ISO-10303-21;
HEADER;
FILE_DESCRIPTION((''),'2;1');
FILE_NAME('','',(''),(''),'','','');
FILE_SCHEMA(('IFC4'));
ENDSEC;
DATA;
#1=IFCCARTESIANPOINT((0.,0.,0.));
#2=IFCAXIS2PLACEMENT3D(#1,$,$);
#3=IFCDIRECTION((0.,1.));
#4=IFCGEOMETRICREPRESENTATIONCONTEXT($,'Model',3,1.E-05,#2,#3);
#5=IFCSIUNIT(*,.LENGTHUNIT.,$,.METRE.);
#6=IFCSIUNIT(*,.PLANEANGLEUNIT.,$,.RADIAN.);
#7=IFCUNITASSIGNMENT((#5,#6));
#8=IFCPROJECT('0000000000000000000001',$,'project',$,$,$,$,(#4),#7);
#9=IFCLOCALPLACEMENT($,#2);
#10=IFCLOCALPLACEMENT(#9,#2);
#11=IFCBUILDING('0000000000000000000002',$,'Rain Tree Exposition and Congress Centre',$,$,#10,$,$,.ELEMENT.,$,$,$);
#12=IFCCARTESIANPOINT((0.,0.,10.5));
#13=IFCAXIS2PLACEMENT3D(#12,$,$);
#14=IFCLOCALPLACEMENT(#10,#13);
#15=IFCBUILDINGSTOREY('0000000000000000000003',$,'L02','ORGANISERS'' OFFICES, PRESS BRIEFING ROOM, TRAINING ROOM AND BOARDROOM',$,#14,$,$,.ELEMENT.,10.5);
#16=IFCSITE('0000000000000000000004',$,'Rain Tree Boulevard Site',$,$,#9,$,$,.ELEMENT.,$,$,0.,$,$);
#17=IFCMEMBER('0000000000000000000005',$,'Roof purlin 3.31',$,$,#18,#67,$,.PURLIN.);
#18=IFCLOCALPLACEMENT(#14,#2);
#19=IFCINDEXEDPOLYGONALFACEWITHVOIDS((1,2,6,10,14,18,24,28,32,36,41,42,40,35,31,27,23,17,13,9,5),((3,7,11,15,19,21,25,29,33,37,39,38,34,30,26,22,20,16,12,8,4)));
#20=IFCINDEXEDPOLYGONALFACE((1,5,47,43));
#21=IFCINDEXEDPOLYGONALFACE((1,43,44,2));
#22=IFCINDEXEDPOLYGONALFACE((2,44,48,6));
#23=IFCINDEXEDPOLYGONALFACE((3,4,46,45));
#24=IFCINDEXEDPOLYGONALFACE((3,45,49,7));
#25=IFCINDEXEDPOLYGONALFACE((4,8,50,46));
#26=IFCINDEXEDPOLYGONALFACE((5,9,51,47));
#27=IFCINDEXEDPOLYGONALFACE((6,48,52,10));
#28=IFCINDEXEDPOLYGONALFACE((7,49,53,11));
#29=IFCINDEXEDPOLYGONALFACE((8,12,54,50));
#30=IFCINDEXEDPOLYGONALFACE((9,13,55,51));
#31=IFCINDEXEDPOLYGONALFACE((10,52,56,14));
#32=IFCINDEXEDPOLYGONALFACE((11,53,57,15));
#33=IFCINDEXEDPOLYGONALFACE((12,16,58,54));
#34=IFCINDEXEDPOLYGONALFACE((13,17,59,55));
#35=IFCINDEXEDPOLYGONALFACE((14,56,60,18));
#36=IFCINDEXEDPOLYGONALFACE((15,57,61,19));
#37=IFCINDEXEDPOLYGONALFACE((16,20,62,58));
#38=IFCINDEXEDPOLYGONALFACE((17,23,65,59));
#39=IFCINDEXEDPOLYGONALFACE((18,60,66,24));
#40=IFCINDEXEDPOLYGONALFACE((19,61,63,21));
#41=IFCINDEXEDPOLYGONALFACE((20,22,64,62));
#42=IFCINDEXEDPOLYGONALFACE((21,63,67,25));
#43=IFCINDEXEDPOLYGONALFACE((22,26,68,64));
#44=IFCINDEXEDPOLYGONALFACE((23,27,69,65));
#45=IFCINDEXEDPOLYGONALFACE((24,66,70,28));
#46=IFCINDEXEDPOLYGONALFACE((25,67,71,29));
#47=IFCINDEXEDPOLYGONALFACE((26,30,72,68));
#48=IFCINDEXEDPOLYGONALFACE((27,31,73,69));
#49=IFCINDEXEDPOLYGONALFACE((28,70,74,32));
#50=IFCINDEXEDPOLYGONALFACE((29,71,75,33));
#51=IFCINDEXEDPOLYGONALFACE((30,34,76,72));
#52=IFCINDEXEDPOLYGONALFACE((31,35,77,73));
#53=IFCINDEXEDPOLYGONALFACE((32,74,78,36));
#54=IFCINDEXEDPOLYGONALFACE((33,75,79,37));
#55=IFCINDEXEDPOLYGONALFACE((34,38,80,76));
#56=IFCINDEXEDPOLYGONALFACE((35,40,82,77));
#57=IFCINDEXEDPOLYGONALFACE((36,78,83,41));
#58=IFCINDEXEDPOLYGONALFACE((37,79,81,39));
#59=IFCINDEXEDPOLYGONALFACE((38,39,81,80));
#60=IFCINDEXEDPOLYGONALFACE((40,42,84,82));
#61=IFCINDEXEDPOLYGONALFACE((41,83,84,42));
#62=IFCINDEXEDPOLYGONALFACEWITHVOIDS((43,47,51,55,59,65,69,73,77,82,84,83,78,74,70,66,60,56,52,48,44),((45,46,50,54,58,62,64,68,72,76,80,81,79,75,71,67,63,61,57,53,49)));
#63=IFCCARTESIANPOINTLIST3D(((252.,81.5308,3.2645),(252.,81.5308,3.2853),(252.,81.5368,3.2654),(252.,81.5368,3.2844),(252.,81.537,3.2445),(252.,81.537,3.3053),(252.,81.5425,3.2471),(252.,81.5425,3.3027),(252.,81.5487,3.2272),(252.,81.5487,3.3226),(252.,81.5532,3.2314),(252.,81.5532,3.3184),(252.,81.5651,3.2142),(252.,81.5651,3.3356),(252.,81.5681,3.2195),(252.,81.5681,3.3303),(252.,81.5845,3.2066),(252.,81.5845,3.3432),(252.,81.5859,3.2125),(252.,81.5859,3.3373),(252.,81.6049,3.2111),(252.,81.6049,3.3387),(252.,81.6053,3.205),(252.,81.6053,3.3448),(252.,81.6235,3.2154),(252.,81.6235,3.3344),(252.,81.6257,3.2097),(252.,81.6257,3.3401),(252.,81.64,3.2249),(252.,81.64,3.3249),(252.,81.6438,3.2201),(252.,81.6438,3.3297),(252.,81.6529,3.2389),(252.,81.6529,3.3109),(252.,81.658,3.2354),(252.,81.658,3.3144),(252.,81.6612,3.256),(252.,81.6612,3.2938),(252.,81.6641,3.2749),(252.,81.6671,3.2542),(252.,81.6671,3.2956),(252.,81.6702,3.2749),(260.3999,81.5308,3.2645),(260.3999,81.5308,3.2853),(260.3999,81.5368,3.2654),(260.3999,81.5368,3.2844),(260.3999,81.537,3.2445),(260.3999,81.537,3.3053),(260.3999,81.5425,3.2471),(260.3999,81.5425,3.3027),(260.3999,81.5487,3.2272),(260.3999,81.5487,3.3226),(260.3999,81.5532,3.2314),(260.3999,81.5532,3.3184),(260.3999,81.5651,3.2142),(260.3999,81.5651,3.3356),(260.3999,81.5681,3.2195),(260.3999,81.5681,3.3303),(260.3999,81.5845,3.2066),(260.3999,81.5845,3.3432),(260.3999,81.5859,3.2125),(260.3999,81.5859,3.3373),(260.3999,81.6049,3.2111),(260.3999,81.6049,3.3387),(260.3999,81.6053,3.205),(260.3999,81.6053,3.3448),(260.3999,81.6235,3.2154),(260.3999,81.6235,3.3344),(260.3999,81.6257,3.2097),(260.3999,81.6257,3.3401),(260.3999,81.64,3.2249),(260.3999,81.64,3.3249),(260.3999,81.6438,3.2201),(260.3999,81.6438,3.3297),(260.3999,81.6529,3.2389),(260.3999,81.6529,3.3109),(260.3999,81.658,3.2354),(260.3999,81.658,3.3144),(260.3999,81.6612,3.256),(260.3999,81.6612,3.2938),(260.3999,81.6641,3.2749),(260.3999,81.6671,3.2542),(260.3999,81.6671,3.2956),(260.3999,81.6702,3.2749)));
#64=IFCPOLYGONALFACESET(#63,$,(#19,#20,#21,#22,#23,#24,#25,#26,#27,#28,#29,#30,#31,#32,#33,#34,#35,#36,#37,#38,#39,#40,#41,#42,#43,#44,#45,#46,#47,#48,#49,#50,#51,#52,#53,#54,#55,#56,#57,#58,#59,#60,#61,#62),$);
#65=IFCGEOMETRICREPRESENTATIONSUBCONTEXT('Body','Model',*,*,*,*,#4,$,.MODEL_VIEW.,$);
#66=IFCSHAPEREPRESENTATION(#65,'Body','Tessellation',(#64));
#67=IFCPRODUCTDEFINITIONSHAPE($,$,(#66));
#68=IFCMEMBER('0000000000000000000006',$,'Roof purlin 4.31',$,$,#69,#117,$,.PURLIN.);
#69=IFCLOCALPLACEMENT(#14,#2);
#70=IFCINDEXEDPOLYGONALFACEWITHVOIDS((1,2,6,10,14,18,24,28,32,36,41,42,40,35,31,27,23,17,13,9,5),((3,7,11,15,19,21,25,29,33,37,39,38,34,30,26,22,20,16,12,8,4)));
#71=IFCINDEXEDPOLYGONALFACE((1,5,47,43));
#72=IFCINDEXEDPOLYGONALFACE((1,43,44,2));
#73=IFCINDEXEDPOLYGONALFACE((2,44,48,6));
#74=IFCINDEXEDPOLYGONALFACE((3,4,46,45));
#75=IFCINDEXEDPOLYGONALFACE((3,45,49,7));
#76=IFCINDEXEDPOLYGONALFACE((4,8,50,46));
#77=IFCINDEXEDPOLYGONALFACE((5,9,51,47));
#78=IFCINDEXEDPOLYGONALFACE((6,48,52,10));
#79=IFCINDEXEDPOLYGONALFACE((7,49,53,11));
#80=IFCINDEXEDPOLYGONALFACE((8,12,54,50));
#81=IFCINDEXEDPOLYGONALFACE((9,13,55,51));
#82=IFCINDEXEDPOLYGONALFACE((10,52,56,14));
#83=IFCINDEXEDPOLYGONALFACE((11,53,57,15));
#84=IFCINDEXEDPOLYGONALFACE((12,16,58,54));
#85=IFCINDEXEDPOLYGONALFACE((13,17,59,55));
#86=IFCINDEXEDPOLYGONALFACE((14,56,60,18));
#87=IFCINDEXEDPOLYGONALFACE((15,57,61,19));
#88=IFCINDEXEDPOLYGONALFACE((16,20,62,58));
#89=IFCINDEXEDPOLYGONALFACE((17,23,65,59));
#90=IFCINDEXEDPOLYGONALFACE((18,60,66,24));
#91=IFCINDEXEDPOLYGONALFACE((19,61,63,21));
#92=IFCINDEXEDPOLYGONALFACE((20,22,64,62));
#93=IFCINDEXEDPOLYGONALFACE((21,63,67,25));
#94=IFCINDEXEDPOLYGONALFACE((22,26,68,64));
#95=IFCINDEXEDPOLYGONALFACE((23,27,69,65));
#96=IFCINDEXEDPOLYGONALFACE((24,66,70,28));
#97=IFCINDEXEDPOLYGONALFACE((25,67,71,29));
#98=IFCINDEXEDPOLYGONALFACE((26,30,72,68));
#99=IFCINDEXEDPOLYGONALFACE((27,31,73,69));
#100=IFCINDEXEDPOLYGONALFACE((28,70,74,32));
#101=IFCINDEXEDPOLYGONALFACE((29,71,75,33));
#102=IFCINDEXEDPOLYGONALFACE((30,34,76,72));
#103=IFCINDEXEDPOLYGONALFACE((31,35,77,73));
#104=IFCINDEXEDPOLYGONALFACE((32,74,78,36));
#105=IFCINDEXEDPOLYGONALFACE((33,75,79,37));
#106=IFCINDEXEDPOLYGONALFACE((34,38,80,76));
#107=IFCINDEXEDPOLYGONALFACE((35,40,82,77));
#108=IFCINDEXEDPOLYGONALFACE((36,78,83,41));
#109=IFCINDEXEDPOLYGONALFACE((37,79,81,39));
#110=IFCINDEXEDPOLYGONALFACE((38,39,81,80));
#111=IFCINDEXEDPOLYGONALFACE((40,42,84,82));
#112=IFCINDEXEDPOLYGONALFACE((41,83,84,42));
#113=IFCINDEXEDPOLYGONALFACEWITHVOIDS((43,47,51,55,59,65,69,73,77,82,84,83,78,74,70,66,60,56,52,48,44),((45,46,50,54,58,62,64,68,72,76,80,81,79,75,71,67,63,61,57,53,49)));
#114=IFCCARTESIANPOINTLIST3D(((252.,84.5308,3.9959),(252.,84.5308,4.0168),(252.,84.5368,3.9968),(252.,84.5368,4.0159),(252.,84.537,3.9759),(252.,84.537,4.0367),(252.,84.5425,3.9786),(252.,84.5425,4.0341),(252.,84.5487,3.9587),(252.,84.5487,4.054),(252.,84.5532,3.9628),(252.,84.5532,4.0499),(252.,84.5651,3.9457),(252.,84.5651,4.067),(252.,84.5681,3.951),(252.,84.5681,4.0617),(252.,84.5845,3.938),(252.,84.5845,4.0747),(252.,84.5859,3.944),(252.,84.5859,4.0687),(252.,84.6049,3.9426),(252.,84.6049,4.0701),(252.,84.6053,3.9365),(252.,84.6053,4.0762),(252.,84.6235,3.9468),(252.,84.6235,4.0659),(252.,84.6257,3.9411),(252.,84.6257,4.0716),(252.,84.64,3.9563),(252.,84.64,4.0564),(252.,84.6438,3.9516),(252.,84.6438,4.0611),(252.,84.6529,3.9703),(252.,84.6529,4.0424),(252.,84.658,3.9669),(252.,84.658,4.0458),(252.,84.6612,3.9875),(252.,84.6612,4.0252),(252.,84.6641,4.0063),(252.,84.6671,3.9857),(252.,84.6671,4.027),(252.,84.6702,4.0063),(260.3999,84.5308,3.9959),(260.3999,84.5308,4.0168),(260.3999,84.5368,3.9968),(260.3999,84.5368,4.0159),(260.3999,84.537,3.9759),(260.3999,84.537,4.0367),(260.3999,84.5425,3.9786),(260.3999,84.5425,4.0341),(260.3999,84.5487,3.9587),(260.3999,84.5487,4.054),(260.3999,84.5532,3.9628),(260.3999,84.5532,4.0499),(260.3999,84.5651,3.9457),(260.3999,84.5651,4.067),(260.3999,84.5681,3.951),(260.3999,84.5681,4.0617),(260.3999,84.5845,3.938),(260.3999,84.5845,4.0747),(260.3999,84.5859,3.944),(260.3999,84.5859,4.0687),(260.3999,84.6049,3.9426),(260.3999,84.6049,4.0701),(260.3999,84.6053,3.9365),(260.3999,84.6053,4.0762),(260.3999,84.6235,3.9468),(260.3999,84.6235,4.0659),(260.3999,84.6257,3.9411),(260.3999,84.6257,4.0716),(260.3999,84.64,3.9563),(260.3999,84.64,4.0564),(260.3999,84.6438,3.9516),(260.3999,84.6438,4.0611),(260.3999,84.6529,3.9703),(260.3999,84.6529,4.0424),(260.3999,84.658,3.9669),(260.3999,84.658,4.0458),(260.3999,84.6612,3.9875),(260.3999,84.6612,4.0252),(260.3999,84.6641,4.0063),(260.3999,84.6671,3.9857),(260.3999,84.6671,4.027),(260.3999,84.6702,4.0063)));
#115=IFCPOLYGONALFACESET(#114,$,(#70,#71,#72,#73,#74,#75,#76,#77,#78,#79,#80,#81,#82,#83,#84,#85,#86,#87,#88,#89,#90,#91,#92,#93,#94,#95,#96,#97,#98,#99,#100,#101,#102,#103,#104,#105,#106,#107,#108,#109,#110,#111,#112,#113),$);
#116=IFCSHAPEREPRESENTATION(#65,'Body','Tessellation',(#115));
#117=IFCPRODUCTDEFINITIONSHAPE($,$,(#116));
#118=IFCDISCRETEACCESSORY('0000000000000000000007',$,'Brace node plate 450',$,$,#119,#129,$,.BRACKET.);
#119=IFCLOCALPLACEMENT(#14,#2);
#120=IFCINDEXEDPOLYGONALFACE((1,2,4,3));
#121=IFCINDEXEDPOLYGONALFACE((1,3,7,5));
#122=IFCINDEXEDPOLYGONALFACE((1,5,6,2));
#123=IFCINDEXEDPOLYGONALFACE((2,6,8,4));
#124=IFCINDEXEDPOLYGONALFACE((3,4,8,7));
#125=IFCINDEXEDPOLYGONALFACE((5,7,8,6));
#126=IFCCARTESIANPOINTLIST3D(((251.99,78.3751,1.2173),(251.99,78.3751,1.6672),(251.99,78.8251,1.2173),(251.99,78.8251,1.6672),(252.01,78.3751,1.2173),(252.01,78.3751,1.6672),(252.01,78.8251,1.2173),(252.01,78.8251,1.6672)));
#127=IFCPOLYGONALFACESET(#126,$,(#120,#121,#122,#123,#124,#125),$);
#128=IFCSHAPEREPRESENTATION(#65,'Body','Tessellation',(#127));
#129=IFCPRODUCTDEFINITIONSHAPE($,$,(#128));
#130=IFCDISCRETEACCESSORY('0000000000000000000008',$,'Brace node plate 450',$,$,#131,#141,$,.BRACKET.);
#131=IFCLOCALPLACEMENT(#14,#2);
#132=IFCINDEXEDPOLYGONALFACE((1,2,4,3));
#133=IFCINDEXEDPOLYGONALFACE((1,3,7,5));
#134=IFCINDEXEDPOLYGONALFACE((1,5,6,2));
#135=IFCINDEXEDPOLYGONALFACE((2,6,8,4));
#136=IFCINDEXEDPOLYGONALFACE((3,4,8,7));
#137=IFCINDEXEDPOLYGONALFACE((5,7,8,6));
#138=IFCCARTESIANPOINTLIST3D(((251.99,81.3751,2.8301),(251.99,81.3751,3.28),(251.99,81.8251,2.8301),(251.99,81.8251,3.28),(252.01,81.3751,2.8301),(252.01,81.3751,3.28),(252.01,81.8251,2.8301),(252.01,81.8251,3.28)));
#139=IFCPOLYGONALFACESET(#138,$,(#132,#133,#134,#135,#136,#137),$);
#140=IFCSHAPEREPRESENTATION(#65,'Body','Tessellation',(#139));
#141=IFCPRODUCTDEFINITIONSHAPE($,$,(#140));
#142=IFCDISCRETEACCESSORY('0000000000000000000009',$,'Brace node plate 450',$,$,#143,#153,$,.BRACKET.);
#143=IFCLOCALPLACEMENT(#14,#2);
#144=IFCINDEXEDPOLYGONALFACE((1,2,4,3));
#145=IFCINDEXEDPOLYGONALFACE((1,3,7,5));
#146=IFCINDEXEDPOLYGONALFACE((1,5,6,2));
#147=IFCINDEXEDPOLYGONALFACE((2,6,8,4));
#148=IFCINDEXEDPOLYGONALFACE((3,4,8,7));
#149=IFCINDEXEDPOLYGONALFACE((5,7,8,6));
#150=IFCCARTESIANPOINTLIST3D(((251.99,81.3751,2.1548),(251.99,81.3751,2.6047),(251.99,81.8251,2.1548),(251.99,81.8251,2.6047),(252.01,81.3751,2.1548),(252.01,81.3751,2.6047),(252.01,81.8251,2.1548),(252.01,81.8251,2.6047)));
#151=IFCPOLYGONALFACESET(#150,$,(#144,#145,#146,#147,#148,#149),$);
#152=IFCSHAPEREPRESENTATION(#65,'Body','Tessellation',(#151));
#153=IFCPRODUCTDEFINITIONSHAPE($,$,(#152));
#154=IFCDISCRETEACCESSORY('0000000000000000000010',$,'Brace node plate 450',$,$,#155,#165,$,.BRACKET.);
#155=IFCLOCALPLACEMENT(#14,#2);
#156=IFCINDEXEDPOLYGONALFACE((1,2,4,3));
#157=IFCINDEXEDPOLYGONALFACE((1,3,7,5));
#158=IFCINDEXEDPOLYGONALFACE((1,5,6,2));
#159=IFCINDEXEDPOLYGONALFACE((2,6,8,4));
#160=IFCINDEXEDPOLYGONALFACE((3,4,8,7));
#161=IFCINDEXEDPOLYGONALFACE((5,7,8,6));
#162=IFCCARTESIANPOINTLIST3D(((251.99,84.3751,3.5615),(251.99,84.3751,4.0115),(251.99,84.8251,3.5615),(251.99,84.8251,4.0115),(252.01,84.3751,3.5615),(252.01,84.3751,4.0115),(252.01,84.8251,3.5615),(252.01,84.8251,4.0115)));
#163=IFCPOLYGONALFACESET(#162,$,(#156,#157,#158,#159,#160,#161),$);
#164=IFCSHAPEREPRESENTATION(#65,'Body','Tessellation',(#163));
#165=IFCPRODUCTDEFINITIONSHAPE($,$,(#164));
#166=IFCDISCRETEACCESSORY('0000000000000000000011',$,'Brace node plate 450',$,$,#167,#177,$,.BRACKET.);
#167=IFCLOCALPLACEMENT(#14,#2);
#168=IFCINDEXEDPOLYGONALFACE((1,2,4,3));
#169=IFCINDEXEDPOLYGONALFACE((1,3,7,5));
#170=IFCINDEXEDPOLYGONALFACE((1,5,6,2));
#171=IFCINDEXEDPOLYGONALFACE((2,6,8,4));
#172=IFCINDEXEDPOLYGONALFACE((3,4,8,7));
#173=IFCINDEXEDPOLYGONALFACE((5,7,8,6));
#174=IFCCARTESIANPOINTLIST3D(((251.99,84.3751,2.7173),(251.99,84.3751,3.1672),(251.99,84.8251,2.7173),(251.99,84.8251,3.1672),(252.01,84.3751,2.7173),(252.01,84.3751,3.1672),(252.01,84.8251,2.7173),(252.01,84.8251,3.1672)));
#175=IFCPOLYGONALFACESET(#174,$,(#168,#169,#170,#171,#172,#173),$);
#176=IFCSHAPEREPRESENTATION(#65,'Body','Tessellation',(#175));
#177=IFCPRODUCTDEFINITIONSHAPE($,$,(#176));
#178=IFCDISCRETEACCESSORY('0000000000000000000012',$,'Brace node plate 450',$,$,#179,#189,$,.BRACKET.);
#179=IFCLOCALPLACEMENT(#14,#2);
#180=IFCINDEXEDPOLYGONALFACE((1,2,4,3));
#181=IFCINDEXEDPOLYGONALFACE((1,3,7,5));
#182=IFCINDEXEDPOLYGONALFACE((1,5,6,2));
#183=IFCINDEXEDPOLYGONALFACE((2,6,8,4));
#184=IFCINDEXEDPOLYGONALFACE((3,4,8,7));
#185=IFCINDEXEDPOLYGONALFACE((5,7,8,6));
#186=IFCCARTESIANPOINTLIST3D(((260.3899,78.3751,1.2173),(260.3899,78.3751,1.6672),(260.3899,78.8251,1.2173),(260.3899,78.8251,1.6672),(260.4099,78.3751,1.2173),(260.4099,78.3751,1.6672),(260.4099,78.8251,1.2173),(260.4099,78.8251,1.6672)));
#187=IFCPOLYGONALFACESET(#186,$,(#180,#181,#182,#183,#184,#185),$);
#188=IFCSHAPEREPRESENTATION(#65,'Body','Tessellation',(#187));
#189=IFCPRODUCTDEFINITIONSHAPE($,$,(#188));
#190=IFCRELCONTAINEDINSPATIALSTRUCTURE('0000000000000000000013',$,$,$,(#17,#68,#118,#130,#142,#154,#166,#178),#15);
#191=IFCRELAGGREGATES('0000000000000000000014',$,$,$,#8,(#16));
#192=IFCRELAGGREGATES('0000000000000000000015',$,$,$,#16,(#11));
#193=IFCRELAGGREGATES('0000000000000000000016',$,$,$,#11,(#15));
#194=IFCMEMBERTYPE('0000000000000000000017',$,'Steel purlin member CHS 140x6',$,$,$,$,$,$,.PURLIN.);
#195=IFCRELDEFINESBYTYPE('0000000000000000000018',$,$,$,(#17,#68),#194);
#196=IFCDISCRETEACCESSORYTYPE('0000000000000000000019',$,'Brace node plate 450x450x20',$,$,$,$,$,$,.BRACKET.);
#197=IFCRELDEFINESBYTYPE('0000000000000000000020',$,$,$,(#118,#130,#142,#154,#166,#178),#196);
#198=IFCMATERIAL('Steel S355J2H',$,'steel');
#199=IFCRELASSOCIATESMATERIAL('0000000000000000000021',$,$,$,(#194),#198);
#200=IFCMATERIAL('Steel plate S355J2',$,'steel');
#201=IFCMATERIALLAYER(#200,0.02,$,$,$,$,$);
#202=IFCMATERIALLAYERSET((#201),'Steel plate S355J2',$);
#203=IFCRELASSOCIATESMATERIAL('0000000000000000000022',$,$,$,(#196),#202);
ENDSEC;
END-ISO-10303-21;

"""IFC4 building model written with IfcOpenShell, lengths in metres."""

from ifc_helpers import new_model, si_unit, direction, frame, origin, origin_2d, place, context, subcontext, project, spatial, rectangle, hollow_circle, extrude, material, layer, layer_set, material_profile, profile_set, type_object, element, save


model = new_model("IFC4")

# Units and contexts
model_context = context("Model", 3, precision=1e-05, world=origin(), true_north=direction((0.0, 1.0)))
body_context = subcontext(model_context, "Body", "Model", "MODEL_VIEW")
ifc_project = project(units=[si_unit("LENGTHUNIT", "METRE"), si_unit("PLANEANGLEUNIT", "RADIAN")], contexts=[model_context])

# Site, building, storey
site_placement = place(None, origin())
site = spatial("IfcSite", under=ifc_project, at=site_placement, Name="Rain Tree Boulevard Site", CompositionType="ELEMENT", RefElevation=0.0)
building_placement = place(site_placement, origin())
building = spatial("IfcBuilding", under=site, at=building_placement, Name="Rain Tree Exposition and Congress Centre", CompositionType="ELEMENT")
storey_placement = place(building_placement, frame((0.0, 0.0, 10.5)))
storey = spatial("IfcBuildingStorey", under=building, at=storey_placement, Name="L02", Description="ORGANISERS' OFFICES, PRESS BRIEFING ROOM, TRAINING ROOM AND BOARDROOM", CompositionType="ELEMENT", Elevation=10.5)

# Members
ifc_material_1 = material(Name="Steel S355J2H", Category="steel")
ifc_material_profile_1 = material_profile(ifc_material_1, hollow_circle(Radius=0.0701, WallThickness=0.0061, at=origin_2d()), Name="CHS 140x6")
ifc_profile_set_1 = profile_set([ifc_material_profile_1], Name="Steel S355J2H")
member_type_1 = type_object("IfcMemberType", Name="Steel purlin member CHS 140x6", PredefinedType="PURLIN", material=ifc_profile_set_1)
for number, where, z_axis, x_axis, name in (
    (1, (252.0, 81.6001, 3.2749), (1.0, 0.0, 0.0), (0.0, 1.0, 0.0), "Roof purlin 3.31"),
    (2, (252.0, 84.6001, 4.0063), (1.0, 0.0, 0.0), (0.0, 1.0, 0.0), "Roof purlin 4.31"),
):
    element("IfcMember", number, at=place(storey_placement, frame(where, z_axis=z_axis, x_axis=x_axis)), inside=storey, type_object=member_type_1, Name=name, PredefinedType="PURLIN", context=body_context, shape_type="SweptSolid", body=[
        extrude(hollow_circle(Radius=0.0701, WallThickness=0.0061, at=origin_2d()), origin(), (0.0, 0.0, 1.0), 8.3999),
    ])

# Discrete accessories
ifc_material_2 = material(Name="Steel plate S355J2", Category="steel")
ifc_layer = layer(ifc_material_2, 0.02)
ifc_layer_set = layer_set([ifc_layer], Name="Steel plate S355J2")
discrete_accessory_type = type_object("IfcDiscreteAccessoryType", Name="Brace node plate 450x450x20", PredefinedType="BRACKET", material=ifc_layer_set)
for number, where, z_axis, x_axis, name in (
    (3, (252.0, 78.6001, 1.2173), (0.0, 0.0, 1.0), (0.0, 1.0, 0.0), "Brace node plate 450"),
    (4, (252.0, 81.6001, 2.8301), (0.0, 0.0, 1.0), (0.0, -1.0, 0.0), "Brace node plate 450"),
    (5, (252.0, 81.6001, 2.1548), (0.0, 0.0, 1.0), (0.0, 1.0, 0.0), "Brace node plate 450"),
    (6, (252.0, 84.6001, 3.5615), (0.0, 0.0, 1.0), (0.0, -1.0, 0.0), "Brace node plate 450"),
    (7, (252.0, 84.6001, 2.7173), (0.0, 0.0, 1.0), (0.0, 1.0, 0.0), "Brace node plate 450"),
    (8, (260.3999, 78.6001, 1.2173), (0.0, 0.0, 1.0), (0.0, 1.0, 0.0), "Brace node plate 450"),
):
    element("IfcDiscreteAccessory", number, at=place(storey_placement, frame(where, z_axis=z_axis, x_axis=x_axis)), inside=storey, type_object=discrete_accessory_type, Name=name, PredefinedType="BRACKET", context=body_context, shape_type="SweptSolid", body=[
        extrude(rectangle(XDim=0.45, YDim=0.02, at=origin_2d()), origin(), (0.0, 0.0, 1.0), 0.45),
    ])

save(model, "model.ifc")
